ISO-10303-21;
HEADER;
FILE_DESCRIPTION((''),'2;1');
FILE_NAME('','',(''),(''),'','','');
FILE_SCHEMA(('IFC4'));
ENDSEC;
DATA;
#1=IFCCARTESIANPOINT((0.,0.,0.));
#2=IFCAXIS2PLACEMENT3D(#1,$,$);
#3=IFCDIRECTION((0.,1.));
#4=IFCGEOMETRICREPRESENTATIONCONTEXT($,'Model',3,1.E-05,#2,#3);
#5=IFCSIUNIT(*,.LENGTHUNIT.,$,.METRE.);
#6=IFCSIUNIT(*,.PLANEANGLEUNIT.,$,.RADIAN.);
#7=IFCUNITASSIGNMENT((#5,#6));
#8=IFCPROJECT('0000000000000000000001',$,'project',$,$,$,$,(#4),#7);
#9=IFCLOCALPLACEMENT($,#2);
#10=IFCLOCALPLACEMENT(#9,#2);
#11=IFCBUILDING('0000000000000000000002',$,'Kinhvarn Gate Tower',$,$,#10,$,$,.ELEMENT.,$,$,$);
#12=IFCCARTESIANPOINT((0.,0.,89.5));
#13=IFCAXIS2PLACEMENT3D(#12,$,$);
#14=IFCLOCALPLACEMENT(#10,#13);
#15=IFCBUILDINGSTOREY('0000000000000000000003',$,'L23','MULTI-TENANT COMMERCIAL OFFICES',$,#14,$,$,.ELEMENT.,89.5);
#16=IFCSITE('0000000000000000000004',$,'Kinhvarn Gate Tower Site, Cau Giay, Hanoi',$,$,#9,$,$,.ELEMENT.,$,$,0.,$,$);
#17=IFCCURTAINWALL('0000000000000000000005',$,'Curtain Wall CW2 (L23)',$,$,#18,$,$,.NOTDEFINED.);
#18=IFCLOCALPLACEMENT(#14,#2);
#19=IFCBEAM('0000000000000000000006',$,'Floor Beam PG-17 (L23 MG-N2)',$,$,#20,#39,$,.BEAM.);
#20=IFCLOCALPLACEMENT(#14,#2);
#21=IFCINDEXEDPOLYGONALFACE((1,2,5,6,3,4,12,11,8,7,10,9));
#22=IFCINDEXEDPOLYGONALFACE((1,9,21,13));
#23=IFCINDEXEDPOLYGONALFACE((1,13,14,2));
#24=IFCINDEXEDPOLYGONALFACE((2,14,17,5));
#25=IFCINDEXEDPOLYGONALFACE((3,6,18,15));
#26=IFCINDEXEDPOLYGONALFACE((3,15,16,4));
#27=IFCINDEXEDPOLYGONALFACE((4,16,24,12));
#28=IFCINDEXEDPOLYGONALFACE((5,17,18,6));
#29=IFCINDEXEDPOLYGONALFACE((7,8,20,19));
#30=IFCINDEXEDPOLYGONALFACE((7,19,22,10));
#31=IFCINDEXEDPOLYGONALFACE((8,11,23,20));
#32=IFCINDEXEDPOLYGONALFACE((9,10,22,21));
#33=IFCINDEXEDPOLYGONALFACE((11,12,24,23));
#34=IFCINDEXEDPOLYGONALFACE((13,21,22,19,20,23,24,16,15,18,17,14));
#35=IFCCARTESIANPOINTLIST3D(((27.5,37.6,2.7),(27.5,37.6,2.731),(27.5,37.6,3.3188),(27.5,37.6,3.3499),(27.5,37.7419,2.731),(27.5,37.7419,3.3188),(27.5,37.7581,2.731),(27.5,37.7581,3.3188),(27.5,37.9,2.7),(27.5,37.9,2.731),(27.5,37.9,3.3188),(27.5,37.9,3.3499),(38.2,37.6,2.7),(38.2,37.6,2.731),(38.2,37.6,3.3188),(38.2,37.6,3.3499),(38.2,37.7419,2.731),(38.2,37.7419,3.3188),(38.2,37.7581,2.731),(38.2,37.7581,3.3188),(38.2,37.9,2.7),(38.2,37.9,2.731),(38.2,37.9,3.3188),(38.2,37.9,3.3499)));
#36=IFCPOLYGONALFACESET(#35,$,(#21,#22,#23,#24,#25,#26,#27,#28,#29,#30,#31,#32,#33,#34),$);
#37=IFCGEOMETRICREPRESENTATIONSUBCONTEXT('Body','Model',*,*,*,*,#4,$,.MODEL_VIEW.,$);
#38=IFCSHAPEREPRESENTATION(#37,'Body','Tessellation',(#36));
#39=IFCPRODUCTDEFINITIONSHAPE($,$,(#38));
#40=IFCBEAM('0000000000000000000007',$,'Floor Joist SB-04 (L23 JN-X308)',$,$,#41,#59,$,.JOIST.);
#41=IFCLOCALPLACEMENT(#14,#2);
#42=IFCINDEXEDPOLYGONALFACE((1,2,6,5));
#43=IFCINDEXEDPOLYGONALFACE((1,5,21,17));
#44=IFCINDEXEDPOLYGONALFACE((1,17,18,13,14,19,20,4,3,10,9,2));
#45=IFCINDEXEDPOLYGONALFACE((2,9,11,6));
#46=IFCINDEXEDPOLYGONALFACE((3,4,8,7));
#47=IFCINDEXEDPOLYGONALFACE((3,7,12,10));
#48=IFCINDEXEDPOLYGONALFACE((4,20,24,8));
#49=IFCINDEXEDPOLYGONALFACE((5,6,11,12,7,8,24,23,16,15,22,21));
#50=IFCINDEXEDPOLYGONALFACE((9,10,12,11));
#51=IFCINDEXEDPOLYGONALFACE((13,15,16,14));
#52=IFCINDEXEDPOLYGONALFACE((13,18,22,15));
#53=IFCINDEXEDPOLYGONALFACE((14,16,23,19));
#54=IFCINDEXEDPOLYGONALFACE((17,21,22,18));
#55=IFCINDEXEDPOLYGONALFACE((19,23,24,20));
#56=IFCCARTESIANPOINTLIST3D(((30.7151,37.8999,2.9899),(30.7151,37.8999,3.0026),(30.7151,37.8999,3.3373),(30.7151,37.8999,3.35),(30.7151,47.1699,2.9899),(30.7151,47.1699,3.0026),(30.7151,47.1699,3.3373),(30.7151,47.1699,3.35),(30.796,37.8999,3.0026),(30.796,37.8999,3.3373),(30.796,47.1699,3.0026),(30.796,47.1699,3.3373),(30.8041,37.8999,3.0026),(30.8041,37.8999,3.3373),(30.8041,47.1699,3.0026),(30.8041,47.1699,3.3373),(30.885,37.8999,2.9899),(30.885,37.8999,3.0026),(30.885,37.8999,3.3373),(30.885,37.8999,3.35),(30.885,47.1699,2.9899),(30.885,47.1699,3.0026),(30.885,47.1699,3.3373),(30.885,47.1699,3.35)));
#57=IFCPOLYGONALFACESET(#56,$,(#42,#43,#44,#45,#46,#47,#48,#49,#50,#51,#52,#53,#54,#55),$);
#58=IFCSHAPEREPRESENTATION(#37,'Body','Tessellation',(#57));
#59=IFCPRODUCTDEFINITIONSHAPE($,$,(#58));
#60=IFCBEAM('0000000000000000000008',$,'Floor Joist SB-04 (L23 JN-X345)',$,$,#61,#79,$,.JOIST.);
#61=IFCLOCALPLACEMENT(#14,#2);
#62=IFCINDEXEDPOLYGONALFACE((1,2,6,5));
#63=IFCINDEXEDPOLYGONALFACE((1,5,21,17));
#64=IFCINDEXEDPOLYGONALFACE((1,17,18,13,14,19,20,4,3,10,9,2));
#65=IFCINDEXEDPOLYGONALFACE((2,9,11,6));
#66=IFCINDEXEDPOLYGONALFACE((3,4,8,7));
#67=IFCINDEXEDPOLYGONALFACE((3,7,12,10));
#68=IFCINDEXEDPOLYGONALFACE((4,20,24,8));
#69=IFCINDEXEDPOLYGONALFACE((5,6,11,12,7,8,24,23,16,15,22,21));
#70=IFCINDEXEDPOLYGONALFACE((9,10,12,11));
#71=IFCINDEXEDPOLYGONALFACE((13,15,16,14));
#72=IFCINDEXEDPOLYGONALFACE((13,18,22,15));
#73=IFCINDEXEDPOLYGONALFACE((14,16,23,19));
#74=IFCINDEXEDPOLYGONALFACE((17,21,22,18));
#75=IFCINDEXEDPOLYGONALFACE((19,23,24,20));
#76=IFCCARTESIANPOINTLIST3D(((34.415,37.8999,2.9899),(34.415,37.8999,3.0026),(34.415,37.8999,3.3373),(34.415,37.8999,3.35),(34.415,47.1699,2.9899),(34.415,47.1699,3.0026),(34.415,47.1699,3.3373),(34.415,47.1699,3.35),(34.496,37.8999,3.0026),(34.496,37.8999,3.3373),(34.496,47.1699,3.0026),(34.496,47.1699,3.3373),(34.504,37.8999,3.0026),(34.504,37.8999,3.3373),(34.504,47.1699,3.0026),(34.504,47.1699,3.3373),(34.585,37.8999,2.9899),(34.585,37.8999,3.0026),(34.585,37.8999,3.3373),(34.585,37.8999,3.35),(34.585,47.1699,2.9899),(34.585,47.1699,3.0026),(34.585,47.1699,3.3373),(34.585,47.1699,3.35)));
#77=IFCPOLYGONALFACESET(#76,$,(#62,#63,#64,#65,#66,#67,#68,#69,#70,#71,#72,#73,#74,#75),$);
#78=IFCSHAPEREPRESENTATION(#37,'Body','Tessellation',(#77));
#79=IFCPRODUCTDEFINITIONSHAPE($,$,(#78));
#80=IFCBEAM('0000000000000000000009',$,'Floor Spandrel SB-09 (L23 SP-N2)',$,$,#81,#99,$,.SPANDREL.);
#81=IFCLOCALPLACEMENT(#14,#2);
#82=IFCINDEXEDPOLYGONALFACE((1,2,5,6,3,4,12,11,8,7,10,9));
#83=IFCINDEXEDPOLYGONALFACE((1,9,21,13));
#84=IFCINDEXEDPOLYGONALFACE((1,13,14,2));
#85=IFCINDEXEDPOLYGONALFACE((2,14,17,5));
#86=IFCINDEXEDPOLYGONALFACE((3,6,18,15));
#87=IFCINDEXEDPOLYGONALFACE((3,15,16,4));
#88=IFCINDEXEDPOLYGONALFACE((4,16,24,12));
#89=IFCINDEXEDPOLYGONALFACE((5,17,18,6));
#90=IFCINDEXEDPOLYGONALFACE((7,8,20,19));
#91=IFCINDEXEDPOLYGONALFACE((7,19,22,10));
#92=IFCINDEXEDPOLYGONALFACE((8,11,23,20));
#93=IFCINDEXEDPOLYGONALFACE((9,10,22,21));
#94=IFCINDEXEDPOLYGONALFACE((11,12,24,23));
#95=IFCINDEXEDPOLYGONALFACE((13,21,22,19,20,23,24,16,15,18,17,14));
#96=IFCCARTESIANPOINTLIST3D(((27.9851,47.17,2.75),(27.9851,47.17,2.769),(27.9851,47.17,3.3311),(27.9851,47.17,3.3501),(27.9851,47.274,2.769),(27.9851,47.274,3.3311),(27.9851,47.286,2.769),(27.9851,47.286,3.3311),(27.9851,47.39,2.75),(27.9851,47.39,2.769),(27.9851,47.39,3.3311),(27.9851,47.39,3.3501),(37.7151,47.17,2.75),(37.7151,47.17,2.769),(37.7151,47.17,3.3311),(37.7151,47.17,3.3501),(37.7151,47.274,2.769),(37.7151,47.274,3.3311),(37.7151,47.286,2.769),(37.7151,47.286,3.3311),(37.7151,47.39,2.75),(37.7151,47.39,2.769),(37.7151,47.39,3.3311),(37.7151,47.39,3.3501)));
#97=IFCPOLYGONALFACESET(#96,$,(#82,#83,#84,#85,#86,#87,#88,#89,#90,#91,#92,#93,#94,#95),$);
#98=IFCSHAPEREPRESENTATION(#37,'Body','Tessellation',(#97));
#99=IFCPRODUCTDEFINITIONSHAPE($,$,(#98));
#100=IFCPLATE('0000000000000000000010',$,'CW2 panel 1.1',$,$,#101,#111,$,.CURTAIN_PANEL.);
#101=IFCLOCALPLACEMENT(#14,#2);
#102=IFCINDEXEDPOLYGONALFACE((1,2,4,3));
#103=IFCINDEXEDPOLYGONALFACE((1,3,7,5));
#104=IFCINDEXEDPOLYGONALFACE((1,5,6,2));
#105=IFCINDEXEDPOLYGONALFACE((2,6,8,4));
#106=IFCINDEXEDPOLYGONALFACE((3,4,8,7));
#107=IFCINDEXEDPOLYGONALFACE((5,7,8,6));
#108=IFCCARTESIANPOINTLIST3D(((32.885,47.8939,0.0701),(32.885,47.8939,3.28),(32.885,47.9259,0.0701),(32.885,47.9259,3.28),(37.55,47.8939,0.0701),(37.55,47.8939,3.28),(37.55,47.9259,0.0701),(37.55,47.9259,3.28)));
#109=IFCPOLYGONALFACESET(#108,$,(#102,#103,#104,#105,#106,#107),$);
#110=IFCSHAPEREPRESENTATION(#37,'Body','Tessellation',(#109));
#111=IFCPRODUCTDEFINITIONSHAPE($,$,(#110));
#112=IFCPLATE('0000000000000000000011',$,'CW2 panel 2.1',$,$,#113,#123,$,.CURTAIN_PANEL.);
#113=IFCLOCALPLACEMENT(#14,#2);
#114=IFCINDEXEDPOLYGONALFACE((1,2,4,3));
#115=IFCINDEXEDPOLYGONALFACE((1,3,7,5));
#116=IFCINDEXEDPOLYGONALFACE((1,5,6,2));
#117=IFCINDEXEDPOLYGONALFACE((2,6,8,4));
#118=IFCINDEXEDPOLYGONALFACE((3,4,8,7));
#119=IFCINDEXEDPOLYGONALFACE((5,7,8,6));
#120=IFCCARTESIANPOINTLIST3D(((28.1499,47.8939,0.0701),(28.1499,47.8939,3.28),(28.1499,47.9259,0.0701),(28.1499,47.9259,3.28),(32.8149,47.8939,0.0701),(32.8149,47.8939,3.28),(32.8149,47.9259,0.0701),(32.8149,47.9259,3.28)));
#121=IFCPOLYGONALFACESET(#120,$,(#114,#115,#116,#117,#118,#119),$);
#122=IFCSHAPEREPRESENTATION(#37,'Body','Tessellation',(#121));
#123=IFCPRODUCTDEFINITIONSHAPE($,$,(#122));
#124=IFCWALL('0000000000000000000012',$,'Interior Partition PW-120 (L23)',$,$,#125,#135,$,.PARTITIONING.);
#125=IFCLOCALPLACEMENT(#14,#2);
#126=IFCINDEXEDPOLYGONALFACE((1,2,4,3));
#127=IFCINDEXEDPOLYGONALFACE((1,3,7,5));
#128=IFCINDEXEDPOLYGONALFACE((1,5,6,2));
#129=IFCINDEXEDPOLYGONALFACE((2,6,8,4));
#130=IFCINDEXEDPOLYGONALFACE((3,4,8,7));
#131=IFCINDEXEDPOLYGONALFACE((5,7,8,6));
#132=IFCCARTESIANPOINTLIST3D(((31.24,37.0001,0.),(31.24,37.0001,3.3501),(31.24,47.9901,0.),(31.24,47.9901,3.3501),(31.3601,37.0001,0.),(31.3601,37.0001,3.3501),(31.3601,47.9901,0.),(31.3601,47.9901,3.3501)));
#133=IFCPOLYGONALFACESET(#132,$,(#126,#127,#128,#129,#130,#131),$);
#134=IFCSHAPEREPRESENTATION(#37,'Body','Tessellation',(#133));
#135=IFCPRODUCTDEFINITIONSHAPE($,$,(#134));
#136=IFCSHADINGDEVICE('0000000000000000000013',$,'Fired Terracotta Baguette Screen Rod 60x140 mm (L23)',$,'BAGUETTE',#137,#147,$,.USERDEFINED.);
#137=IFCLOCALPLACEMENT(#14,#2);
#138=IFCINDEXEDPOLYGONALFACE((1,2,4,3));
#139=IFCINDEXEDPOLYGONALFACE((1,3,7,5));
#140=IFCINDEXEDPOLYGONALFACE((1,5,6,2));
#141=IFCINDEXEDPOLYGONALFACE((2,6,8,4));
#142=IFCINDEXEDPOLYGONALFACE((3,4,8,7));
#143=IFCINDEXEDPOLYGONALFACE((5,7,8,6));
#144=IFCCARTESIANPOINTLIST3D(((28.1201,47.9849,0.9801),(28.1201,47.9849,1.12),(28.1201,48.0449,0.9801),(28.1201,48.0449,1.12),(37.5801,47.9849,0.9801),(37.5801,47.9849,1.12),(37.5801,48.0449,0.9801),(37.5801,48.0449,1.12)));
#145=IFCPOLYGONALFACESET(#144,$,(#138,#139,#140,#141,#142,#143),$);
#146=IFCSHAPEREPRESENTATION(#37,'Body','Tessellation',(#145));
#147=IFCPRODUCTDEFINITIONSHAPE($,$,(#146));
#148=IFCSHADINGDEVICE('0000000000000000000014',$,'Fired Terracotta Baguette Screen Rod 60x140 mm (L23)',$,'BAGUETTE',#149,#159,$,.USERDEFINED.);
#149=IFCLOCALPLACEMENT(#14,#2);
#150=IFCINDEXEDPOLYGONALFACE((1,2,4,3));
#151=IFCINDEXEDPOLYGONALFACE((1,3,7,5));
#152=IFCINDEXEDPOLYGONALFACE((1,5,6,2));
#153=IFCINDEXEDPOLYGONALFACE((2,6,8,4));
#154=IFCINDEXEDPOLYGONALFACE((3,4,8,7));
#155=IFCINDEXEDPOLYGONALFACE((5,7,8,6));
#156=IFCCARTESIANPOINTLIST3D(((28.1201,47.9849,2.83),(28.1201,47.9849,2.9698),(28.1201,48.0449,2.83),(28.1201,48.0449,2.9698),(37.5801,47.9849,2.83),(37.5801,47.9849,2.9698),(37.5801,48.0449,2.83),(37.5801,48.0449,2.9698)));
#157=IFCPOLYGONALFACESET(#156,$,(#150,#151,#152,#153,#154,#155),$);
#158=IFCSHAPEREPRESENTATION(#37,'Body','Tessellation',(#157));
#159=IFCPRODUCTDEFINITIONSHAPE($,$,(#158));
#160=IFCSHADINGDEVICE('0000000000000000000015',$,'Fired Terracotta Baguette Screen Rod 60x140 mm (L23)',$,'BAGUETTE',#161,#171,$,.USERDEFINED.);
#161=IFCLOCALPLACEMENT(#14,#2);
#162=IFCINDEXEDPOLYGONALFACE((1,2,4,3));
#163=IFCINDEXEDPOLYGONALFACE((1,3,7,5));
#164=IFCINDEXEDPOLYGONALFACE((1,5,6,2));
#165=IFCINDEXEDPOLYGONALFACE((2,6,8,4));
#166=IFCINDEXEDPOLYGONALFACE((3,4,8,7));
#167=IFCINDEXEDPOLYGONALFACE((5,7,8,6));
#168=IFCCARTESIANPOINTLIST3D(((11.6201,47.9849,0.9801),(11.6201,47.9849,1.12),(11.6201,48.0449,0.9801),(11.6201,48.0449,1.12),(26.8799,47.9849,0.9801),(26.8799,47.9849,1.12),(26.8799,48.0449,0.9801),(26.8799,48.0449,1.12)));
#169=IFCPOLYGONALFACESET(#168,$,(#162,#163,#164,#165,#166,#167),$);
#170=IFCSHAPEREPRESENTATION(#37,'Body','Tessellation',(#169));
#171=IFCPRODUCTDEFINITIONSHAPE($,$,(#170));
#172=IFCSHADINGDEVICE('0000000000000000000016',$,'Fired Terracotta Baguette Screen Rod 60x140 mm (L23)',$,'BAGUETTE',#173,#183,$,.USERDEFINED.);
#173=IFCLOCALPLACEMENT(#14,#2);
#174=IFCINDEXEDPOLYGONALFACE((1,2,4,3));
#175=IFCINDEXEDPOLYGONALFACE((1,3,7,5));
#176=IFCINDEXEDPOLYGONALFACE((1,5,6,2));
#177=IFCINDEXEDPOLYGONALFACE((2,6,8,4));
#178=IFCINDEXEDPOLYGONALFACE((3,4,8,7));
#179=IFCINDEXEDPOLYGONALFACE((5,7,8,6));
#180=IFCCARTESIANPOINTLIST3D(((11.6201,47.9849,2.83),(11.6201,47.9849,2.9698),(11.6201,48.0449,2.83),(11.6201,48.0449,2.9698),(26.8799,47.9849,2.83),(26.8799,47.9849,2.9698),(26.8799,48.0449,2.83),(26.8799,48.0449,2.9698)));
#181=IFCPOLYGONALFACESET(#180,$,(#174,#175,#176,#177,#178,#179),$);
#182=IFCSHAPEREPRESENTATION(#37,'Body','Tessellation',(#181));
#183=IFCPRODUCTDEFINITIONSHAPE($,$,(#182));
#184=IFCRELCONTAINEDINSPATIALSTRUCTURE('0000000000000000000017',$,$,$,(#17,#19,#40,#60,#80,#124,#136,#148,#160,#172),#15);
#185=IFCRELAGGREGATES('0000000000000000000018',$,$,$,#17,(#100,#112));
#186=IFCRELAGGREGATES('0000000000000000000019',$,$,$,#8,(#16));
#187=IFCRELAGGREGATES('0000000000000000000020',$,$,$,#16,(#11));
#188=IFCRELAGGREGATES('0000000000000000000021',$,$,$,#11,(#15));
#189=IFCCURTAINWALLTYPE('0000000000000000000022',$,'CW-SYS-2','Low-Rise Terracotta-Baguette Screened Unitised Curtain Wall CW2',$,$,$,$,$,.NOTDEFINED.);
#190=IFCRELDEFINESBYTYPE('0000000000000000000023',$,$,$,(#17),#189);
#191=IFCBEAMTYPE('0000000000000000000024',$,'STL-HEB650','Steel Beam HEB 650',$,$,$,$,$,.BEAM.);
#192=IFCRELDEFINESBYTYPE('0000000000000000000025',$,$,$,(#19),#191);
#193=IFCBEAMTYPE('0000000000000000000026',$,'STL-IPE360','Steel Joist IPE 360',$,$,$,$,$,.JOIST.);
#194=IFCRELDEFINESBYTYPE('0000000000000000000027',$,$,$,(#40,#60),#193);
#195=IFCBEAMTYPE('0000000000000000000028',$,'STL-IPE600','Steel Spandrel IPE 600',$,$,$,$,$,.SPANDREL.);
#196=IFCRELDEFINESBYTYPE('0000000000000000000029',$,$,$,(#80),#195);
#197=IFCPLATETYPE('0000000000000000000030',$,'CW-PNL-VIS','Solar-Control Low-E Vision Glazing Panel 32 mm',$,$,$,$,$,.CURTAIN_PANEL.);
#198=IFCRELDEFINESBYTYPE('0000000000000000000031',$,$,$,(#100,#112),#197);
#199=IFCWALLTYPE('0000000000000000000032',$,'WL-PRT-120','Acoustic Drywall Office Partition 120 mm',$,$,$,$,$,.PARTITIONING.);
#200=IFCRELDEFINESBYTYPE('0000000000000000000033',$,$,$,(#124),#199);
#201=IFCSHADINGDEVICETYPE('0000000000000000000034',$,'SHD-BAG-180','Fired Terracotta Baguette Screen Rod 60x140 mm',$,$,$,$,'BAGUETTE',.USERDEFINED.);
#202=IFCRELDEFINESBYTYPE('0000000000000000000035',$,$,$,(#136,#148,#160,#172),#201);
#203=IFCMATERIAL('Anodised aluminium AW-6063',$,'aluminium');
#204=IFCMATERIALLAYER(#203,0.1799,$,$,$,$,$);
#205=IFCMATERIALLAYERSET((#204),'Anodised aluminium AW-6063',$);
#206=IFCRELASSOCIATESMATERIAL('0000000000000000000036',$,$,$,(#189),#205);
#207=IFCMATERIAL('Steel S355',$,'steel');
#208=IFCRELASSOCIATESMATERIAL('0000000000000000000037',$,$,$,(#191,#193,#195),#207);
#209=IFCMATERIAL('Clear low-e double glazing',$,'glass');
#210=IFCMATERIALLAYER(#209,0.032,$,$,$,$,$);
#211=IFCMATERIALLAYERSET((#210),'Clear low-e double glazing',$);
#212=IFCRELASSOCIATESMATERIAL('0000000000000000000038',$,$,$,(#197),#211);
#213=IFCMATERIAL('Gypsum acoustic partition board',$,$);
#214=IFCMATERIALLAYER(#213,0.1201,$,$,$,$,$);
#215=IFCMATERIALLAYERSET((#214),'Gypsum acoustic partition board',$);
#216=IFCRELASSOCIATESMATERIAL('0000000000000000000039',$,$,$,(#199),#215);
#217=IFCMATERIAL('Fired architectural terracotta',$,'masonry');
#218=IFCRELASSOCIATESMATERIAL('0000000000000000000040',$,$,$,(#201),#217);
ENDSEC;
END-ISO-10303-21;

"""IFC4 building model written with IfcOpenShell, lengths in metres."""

from ifc_helpers import new_model, si_unit, direction, frame, frame_2d, origin, origin_2d, place, context, subcontext, project, spatial, rectangle, i_section, extrude, material, layer, layer_set, material_profile, profile_set, type_object, element, aggregate, save


model = new_model("IFC4")

# Units and contexts
model_context = context("Model", 3, precision=1e-05, world=origin(), true_north=direction((0.0, 1.0)))
body_context = subcontext(model_context, "Body", "Model", "MODEL_VIEW")
ifc_project = project(units=[si_unit("LENGTHUNIT", "METRE"), si_unit("PLANEANGLEUNIT", "RADIAN")], contexts=[model_context])

# Site, building, storey
site_placement = place(None, origin())
site = spatial("IfcSite", under=ifc_project, at=site_placement, Name="Kinhvarn Gate Tower Site, Cau Giay, Hanoi", CompositionType="ELEMENT", RefElevation=0.0)
building_placement = place(site_placement, origin())
building = spatial("IfcBuilding", under=site, at=building_placement, Name="Kinhvarn Gate Tower", CompositionType="ELEMENT")
storey_placement = place(building_placement, frame((0.0, 0.0, 89.5)))
storey = spatial("IfcBuildingStorey", under=building, at=storey_placement, Name="L23", Description="MULTI-TENANT COMMERCIAL OFFICES", CompositionType="ELEMENT", Elevation=89.5)

# Curtain wall
ifc_material_1 = material(Name="Anodised aluminium AW-6063", Category="aluminium")
ifc_layer_1 = layer(ifc_material_1, 0.1799)
ifc_layer_set_1 = layer_set([ifc_layer_1], Name="Anodised aluminium AW-6063")
curtain_wall_type = type_object("IfcCurtainWallType", Name="CW-SYS-2", Description="Low-Rise Terracotta-Baguette Screened Unitised Curtain Wall CW2", PredefinedType="NOTDEFINED", material=ifc_layer_set_1)
curtain_wall_1_placement = place(storey_placement, origin())
curtain_wall_1 = element("IfcCurtainWall", 1, at=curtain_wall_1_placement, inside=storey, type_object=curtain_wall_type, Name="Curtain Wall CW2 (L23)", PredefinedType="NOTDEFINED")

# Beams
ifc_material_2 = material(Name="Steel S355", Category="steel")
ifc_material_profile_1 = material_profile(ifc_material_2, i_section(OverallWidth=0.3, OverallDepth=0.6499, WebThickness=0.0161, FlangeThickness=0.031, at=origin_2d()), Name="HEB 650")
ifc_profile_set_1 = profile_set([ifc_material_profile_1], Name="Steel S355")
beam_type_1 = type_object("IfcBeamType", Name="STL-HEB650", Description="Steel Beam HEB 650", PredefinedType="BEAM", material=ifc_profile_set_1)
beam_1_placement = place(storey_placement, frame((27.5, 37.75, 3.0249), z_axis=(1.0, 0.0, 0.0), x_axis=(0.0, 1.0, 0.0)))
element("IfcBeam", 2, at=beam_1_placement, inside=storey, type_object=beam_type_1, Name="Floor Beam PG-17 (L23 MG-N2)", PredefinedType="BEAM", context=body_context, shape_type="SweptSolid", body=[
    extrude(i_section(OverallWidth=0.3, OverallDepth=0.6499, WebThickness=0.0161, FlangeThickness=0.031, at=origin_2d()), origin(), (0.0, 0.0, 1.0), 10.7),
])
ifc_material_profile_2 = material_profile(ifc_material_2, i_section(OverallWidth=0.1699, OverallDepth=0.3601, WebThickness=0.0081, FlangeThickness=0.0127, at=origin_2d()), Name="IPE 360")
ifc_profile_set_2 = profile_set([ifc_material_profile_2], Name="Steel S355")
beam_type_2 = type_object("IfcBeamType", Name="STL-IPE360", Description="Steel Joist IPE 360", PredefinedType="JOIST", material=ifc_profile_set_2)
for number, where, z_axis, x_axis, name in (
    (3, (30.8, 37.8999, 3.1699), (0.0, 1.0, 0.0), (-1.0, 0.0, 0.0), "Floor Joist SB-04 (L23 JN-X308)"),
    (4, (34.5, 37.8999, 3.1699), (0.0, 1.0, 0.0), (-1.0, 0.0, 0.0), "Floor Joist SB-04 (L23 JN-X345)"),
):
    element("IfcBeam", number, at=place(storey_placement, frame(where, z_axis=z_axis, x_axis=x_axis)), inside=storey, type_object=beam_type_2, Name=name, PredefinedType="JOIST", context=body_context, shape_type="SweptSolid", body=[
        extrude(i_section(OverallWidth=0.1699, OverallDepth=0.3601, WebThickness=0.0081, FlangeThickness=0.0127, at=origin_2d()), origin(), (0.0, 0.0, 1.0), 9.27),
    ])
ifc_material_profile_3 = material_profile(ifc_material_2, i_section(OverallWidth=0.22, OverallDepth=0.6001, WebThickness=0.012, FlangeThickness=0.019, at=origin_2d()), Name="IPE 600")
ifc_profile_set_3 = profile_set([ifc_material_profile_3], Name="Steel S355")
beam_type_3 = type_object("IfcBeamType", Name="STL-IPE600", Description="Steel Spandrel IPE 600", PredefinedType="SPANDREL", material=ifc_profile_set_3)
beam_2_placement = place(storey_placement, frame((27.9851, 47.28, 3.05), z_axis=(1.0, 0.0, 0.0), x_axis=(0.0, 1.0, 0.0)))
element("IfcBeam", 5, at=beam_2_placement, inside=storey, type_object=beam_type_3, Name="Floor Spandrel SB-09 (L23 SP-N2)", PredefinedType="SPANDREL", context=body_context, shape_type="SweptSolid", body=[
    extrude(i_section(OverallWidth=0.22, OverallDepth=0.6001, WebThickness=0.012, FlangeThickness=0.019, at=origin_2d()), origin(), (0.0, 0.0, 1.0), 9.73),
])

# Plates
ifc_material_3 = material(Name="Clear low-e double glazing", Category="glass")
ifc_layer_2 = layer(ifc_material_3, 0.032)
ifc_layer_set_2 = layer_set([ifc_layer_2], Name="Clear low-e double glazing")
plate_type = type_object("IfcPlateType", Name="CW-PNL-VIS", Description="Solar-Control Low-E Vision Glazing Panel 32 mm", PredefinedType="CURTAIN_PANEL", material=ifc_layer_set_2)
plate_1_placement = place(storey_placement, frame((35.2175, 47.9099, 0.0701), z_axis=(0.0, 0.0, 1.0), x_axis=(-1.0, 0.0, 0.0)))
plate_1 = element("IfcPlate", 6, at=plate_1_placement, type_object=plate_type, Name="CW2 panel 1.1", PredefinedType="CURTAIN_PANEL", context=body_context, shape_type="SweptSolid", body=[
    extrude(rectangle(XDim=4.665, YDim=0.032, at=origin_2d()), origin(), (0.0, 0.0, 1.0), 3.21),
])
plate_2_placement = place(storey_placement, frame((30.4824, 47.9099, 0.0701), z_axis=(0.0, 0.0, 1.0), x_axis=(-1.0, 0.0, 0.0)))
plate_2 = element("IfcPlate", 7, at=plate_2_placement, type_object=plate_type, Name="CW2 panel 2.1", PredefinedType="CURTAIN_PANEL", context=body_context, shape_type="SweptSolid", body=[
    extrude(rectangle(XDim=4.665, YDim=0.032, at=origin_2d()), origin(), (0.0, 0.0, 1.0), 3.21),
])
aggregate(curtain_wall_1, [plate_1, plate_2])

# Wall
ifc_material_4 = material(Name="Gypsum acoustic partition board")
ifc_layer_3 = layer(ifc_material_4, 0.1201)
ifc_layer_set_3 = layer_set([ifc_layer_3], Name="Gypsum acoustic partition board")
wall_type = type_object("IfcWallType", Name="WL-PRT-120", Description="Acoustic Drywall Office Partition 120 mm", PredefinedType="PARTITIONING", material=ifc_layer_set_3)
wall_placement = place(storey_placement, frame((31.3, 37.0, 0.0), z_axis=(0.0, 0.0, 1.0), x_axis=(0.0, 1.0, 0.0)))
element("IfcWall", 8, at=wall_placement, inside=storey, type_object=wall_type, Name="Interior Partition PW-120 (L23)", PredefinedType="PARTITIONING", context=body_context, shape_type="SweptSolid", body=[
    extrude(rectangle(XDim=10.99, YDim=0.1201, at=frame_2d((5.4951, 0.0))), origin(), (0.0, 0.0, 1.0), 3.3501),
])

# Shading devices
ifc_material_5 = material(Name="Fired architectural terracotta", Category="masonry")
ifc_material_profile_4 = material_profile(ifc_material_5, rectangle(XDim=0.0601, YDim=0.1399, at=origin_2d()), Name="TC 60x140")
ifc_profile_set_4 = profile_set([ifc_material_profile_4], Name="Fired architectural terracotta")
shading_device_type = type_object("IfcShadingDeviceType", Name="SHD-BAG-180", Description="Fired Terracotta Baguette Screen Rod 60x140 mm", ElementType="BAGUETTE", PredefinedType="USERDEFINED", material=ifc_profile_set_4)
for number, where, z_axis, x_axis, name in (
    (9, (37.5801, 48.0149, 1.05), (-1.0, 0.0, 0.0), (0.0, -1.0, 0.0), "Fired Terracotta Baguette Screen Rod 60x140 mm (L23)"),
    (10, (37.5801, 48.0149, 2.8999), (-1.0, 0.0, 0.0), (0.0, -1.0, 0.0), "Fired Terracotta Baguette Screen Rod 60x140 mm (L23)"),
):
    element("IfcShadingDevice", number, at=place(storey_placement, frame(where, z_axis=z_axis, x_axis=x_axis)), inside=storey, type_object=shading_device_type, Name=name, ObjectType="BAGUETTE", PredefinedType="USERDEFINED", context=body_context, shape_type="SweptSolid", body=[
        extrude(rectangle(XDim=0.0601, YDim=0.1399, at=origin_2d()), origin(), (0.0, 0.0, 1.0), 9.46),
    ])
for number, where, z_axis, x_axis, name in (
    (11, (26.8799, 48.0149, 1.05), (-1.0, 0.0, 0.0), (0.0, -1.0, 0.0), "Fired Terracotta Baguette Screen Rod 60x140 mm (L23)"),
    (12, (26.8799, 48.0149, 2.8999), (-1.0, 0.0, 0.0), (0.0, -1.0, 0.0), "Fired Terracotta Baguette Screen Rod 60x140 mm (L23)"),
):
    element("IfcShadingDevice", number, at=place(storey_placement, frame(where, z_axis=z_axis, x_axis=x_axis)), inside=storey, type_object=shading_device_type, Name=name, ObjectType="BAGUETTE", PredefinedType="USERDEFINED", context=body_context, shape_type="SweptSolid", body=[
        extrude(rectangle(XDim=0.0601, YDim=0.1399, at=origin_2d()), origin(), (0.0, 0.0, 1.0), 15.2598),
    ])

save(model, "model.ifc")
